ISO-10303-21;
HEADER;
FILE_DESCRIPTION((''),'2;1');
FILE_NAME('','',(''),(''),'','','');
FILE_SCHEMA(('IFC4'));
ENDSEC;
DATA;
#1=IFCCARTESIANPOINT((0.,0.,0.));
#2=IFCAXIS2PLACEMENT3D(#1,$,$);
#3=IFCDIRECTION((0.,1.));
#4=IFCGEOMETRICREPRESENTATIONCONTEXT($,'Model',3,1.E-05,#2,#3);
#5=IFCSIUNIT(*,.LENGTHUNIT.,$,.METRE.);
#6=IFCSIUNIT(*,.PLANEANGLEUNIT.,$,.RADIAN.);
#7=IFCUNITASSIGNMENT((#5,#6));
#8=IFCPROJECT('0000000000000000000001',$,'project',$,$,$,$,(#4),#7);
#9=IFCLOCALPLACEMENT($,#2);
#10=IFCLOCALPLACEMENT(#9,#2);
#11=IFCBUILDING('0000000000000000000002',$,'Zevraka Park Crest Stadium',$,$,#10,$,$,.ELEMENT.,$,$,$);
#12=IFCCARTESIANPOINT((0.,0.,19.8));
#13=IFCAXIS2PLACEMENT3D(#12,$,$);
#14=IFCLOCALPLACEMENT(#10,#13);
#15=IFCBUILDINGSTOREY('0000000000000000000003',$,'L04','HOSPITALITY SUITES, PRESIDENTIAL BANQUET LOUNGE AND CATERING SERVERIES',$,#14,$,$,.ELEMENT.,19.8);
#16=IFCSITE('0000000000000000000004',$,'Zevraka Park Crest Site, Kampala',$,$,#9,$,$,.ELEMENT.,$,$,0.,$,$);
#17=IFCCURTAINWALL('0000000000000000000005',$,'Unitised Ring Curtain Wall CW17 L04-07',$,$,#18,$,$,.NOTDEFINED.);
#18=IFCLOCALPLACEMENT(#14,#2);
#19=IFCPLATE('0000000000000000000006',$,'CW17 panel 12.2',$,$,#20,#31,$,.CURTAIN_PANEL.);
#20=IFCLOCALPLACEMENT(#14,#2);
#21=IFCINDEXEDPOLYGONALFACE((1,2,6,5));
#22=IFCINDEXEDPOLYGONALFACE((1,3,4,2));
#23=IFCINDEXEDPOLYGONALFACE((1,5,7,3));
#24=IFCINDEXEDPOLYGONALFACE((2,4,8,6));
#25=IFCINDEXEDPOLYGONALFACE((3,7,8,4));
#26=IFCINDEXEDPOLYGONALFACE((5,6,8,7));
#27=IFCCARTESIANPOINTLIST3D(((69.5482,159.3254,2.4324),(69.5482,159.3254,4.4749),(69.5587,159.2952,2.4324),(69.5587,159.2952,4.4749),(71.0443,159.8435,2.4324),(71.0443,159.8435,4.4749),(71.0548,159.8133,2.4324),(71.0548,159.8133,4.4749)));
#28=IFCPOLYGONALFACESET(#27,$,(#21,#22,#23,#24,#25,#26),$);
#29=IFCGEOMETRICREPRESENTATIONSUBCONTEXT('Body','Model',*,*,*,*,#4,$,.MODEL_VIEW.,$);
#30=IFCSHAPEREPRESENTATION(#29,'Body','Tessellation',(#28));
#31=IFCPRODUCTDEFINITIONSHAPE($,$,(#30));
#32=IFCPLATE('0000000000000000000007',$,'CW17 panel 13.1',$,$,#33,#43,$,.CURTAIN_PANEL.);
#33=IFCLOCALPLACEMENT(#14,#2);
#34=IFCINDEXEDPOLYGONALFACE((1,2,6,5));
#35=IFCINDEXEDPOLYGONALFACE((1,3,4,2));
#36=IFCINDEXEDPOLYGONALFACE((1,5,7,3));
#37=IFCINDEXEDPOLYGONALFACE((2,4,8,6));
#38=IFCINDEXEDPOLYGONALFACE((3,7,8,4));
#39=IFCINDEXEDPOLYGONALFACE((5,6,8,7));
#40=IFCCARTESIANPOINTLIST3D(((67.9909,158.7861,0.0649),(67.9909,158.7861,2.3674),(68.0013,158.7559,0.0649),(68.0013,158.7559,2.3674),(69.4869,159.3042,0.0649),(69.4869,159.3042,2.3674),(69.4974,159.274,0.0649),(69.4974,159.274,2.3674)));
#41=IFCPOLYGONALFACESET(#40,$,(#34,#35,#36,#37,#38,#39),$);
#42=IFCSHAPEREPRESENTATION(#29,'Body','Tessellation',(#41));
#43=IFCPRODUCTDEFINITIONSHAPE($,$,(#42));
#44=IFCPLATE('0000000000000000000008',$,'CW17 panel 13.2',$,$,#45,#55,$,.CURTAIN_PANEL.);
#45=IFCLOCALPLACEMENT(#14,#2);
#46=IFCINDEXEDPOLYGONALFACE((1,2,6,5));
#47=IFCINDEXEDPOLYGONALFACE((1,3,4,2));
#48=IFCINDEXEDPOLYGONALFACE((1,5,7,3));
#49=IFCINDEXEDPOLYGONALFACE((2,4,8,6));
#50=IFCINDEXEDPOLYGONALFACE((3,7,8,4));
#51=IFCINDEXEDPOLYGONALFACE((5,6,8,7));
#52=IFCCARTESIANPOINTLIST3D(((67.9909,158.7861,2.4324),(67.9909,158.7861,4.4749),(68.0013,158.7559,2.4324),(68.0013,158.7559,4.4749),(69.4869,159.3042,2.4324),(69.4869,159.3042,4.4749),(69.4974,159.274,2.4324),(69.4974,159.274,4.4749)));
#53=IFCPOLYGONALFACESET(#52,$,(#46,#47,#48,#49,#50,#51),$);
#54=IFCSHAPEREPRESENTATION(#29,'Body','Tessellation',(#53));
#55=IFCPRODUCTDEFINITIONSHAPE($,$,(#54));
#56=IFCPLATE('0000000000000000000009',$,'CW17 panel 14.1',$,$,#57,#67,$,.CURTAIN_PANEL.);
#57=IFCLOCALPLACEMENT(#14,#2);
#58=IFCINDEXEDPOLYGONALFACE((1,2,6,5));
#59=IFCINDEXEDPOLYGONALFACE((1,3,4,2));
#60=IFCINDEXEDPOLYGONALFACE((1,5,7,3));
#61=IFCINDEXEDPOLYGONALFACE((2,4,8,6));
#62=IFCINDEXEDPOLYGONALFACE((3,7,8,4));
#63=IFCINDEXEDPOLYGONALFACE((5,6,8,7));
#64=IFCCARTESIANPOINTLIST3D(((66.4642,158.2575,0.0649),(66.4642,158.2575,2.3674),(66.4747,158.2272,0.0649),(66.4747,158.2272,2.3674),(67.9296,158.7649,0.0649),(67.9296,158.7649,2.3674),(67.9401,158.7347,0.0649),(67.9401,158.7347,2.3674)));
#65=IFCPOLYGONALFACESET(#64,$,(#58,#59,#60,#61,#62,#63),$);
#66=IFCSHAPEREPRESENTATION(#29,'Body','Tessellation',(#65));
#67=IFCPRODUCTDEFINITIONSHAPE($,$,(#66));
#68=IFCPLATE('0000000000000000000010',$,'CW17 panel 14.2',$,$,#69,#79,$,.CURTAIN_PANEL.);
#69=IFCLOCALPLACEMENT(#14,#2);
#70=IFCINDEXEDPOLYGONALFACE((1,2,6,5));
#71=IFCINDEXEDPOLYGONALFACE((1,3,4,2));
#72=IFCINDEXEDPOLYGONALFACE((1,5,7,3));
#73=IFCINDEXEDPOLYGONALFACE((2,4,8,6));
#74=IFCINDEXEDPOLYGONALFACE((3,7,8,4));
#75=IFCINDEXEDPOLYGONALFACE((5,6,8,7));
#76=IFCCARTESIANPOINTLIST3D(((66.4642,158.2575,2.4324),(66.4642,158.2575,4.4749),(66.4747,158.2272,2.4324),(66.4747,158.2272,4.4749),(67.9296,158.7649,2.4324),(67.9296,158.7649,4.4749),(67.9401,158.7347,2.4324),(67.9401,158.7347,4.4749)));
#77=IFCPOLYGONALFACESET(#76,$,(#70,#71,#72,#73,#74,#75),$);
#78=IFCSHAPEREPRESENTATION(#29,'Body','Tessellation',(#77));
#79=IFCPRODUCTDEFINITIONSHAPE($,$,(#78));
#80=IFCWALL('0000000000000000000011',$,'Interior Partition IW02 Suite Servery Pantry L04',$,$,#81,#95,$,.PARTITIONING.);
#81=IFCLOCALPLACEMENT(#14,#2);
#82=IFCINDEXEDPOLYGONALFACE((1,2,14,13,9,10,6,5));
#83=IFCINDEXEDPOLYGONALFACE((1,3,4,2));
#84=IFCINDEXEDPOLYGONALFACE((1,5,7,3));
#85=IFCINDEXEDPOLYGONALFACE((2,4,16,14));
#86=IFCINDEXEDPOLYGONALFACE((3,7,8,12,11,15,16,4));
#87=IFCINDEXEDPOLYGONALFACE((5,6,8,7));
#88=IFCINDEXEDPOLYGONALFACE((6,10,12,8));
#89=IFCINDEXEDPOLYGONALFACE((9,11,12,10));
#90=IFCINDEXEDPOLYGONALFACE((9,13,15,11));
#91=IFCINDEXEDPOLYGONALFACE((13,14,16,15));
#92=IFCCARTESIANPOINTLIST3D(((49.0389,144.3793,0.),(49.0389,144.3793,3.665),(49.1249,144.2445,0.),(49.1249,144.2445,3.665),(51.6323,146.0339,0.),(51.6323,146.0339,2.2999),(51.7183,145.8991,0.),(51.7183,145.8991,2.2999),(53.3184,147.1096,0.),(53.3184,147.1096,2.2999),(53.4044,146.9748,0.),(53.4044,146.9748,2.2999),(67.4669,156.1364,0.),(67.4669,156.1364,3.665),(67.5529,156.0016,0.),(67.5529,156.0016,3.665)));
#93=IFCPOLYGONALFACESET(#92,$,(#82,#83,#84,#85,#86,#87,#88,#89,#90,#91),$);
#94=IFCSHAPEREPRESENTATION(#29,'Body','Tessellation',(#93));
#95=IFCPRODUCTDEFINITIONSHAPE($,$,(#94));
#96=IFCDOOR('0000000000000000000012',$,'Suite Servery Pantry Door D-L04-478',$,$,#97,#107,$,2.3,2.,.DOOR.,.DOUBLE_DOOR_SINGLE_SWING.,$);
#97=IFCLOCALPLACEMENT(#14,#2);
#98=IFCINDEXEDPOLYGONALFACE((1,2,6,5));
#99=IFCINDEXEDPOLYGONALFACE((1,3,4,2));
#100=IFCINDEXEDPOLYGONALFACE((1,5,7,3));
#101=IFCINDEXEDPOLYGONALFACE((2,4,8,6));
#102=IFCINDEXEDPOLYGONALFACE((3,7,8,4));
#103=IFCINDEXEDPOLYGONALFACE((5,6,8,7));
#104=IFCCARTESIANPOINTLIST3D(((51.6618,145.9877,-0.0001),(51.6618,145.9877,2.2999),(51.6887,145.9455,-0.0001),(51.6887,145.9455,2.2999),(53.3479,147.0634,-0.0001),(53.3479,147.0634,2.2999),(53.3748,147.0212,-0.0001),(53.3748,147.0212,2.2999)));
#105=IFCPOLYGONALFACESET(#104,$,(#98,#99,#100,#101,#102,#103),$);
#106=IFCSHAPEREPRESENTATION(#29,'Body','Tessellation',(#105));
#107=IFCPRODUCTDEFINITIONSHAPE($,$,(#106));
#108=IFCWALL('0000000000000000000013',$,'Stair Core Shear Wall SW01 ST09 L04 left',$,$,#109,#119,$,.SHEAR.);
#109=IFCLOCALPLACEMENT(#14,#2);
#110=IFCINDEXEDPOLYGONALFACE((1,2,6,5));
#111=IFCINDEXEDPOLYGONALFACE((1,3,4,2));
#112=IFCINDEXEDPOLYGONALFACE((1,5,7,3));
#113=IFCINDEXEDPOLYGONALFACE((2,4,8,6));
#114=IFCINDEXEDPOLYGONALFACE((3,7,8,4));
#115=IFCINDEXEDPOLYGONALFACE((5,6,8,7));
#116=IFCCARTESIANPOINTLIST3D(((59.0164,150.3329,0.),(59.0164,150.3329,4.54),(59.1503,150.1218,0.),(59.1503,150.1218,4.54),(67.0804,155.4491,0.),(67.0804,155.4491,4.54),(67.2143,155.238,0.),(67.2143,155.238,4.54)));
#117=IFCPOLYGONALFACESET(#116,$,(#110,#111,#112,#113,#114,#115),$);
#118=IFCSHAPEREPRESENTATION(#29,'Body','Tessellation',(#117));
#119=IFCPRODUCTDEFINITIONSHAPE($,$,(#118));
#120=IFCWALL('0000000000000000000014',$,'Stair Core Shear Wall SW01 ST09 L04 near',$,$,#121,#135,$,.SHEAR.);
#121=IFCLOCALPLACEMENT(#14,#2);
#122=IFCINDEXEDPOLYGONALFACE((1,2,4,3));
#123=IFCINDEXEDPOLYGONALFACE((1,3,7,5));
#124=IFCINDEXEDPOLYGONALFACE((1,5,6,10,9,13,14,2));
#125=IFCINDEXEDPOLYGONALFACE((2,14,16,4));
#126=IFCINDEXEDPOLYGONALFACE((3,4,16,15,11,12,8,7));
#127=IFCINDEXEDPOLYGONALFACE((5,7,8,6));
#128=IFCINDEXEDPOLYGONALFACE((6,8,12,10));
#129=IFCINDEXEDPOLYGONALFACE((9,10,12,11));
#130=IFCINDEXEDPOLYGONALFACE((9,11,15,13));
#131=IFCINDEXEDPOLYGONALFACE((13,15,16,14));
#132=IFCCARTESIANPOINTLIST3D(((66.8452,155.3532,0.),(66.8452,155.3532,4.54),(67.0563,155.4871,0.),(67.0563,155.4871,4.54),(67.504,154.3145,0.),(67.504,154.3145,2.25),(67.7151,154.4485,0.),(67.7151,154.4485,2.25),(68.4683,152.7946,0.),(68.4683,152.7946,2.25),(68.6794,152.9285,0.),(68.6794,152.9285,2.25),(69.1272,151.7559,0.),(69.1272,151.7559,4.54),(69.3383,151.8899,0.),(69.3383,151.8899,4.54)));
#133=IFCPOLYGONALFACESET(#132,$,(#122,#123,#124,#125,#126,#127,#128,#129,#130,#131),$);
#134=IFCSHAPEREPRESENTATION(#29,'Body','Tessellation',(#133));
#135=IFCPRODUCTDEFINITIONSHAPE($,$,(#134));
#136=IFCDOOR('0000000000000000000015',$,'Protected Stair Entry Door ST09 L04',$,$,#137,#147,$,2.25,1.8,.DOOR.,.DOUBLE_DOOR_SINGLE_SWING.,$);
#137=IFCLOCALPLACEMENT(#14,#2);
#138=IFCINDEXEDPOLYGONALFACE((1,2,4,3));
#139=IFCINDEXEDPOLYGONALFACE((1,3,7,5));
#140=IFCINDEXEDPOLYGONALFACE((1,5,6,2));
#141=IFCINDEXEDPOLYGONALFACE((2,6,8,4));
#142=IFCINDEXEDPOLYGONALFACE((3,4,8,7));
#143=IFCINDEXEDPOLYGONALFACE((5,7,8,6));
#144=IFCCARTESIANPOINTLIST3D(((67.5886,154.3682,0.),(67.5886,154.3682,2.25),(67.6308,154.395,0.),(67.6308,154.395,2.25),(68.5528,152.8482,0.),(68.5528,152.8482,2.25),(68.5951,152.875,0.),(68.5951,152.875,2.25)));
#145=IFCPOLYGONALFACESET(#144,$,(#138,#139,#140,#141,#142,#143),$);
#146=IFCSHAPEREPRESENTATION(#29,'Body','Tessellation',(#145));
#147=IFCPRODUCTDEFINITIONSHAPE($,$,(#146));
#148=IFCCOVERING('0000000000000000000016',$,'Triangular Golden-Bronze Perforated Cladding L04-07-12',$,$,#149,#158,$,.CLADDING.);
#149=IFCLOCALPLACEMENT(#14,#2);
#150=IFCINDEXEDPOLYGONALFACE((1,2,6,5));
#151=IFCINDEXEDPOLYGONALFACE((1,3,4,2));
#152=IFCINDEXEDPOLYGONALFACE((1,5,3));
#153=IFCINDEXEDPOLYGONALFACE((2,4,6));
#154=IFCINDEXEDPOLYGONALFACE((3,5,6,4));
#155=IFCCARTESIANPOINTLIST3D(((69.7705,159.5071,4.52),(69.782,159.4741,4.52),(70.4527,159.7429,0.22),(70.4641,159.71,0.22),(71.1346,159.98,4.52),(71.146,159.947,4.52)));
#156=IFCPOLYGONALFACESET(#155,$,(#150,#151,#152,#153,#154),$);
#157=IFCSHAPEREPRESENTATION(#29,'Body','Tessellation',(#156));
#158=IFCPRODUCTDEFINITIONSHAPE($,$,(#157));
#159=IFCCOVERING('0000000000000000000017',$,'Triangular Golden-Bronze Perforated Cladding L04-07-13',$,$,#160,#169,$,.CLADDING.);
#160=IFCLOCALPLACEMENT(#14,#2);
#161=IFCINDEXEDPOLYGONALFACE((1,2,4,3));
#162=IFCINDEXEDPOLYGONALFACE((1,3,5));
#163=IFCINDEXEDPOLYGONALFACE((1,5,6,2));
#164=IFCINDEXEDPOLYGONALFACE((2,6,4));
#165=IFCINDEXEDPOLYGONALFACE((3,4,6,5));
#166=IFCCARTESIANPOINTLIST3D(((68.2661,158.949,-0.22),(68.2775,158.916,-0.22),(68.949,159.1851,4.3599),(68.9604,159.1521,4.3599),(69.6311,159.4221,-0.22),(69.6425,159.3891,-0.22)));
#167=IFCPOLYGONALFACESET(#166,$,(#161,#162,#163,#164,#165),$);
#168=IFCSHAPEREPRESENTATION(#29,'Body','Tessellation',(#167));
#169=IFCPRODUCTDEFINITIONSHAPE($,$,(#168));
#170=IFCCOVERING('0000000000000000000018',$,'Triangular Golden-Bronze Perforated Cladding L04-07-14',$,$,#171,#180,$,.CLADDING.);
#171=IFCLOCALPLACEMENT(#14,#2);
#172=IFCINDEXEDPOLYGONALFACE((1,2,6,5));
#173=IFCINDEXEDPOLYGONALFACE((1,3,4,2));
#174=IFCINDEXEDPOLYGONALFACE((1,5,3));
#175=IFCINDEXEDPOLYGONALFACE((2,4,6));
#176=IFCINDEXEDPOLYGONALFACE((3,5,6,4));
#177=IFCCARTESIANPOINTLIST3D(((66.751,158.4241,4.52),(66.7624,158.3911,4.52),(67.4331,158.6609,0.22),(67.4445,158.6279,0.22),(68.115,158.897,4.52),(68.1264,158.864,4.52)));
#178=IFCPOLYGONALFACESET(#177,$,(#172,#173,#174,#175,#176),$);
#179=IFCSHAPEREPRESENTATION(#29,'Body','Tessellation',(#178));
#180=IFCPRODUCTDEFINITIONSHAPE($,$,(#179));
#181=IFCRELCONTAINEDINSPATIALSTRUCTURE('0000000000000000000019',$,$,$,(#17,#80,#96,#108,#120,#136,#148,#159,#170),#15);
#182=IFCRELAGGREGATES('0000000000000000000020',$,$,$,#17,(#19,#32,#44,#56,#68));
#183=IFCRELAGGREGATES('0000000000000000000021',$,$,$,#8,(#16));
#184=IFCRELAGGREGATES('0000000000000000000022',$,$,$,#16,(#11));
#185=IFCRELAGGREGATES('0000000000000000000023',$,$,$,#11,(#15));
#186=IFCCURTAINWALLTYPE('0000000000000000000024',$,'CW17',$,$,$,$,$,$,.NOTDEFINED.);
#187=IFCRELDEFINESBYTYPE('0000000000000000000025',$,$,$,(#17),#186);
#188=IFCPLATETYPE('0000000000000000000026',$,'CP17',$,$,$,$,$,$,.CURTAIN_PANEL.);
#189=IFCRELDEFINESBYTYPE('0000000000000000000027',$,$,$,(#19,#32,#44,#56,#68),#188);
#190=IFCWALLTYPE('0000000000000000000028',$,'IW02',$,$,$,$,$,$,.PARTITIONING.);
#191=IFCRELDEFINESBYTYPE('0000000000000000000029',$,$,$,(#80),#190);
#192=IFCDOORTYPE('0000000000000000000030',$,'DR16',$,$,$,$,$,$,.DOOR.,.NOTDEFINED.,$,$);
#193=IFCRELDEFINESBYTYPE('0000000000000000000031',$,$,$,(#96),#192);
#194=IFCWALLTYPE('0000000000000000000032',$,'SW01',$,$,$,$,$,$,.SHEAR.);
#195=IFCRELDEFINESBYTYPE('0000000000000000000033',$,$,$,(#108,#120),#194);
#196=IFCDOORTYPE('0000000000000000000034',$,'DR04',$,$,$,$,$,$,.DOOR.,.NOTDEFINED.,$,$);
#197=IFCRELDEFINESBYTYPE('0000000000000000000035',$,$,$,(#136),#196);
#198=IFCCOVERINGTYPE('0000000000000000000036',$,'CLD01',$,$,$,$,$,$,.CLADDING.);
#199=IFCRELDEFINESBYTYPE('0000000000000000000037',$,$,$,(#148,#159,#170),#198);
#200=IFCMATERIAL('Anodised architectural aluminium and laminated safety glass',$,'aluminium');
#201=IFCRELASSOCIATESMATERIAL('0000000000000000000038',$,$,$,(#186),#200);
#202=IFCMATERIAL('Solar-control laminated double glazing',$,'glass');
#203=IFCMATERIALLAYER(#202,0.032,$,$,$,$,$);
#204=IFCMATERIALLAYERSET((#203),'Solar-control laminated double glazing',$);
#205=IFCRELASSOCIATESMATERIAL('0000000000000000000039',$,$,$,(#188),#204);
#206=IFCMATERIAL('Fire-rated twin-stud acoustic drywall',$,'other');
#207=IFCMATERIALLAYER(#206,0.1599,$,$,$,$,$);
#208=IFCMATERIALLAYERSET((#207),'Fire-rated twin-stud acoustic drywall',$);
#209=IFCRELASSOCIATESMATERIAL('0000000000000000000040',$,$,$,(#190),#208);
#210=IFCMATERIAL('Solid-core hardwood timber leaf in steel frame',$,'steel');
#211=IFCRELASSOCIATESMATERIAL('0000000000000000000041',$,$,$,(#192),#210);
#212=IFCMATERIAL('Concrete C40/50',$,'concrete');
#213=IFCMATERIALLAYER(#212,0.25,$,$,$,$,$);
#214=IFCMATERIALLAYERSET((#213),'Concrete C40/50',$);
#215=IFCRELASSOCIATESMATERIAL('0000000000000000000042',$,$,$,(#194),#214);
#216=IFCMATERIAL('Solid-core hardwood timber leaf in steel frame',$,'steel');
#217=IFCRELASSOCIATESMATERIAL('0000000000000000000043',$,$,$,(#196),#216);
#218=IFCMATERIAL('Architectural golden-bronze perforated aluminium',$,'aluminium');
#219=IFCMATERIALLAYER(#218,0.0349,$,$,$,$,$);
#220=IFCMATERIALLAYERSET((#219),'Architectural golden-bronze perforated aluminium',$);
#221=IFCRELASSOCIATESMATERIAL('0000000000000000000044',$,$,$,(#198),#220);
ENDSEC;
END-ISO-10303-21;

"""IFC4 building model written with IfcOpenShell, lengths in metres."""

from ifc_helpers import new_model, si_unit, direction, frame, frame_2d, origin, origin_2d, place, context, subcontext, project, spatial, polyline, rectangle, outline, extrude, material, layer, layer_set, type_object, element, fill, aggregate, save


model = new_model("IFC4")

# Units and contexts
model_context = context("Model", 3, precision=1e-05, world=origin(), true_north=direction((0.0, 1.0)))
body_context = subcontext(model_context, "Body", "Model", "MODEL_VIEW")
ifc_project = project(units=[si_unit("LENGTHUNIT", "METRE"), si_unit("PLANEANGLEUNIT", "RADIAN")], contexts=[model_context])

# Site, building, storey
site_placement = place(None, origin())
site = spatial("IfcSite", under=ifc_project, at=site_placement, Name="Zevraka Park Crest Site, Kampala", CompositionType="ELEMENT", RefElevation=0.0)
building_placement = place(site_placement, origin())
building = spatial("IfcBuilding", under=site, at=building_placement, Name="Zevraka Park Crest Stadium", CompositionType="ELEMENT")
storey_placement = place(building_placement, frame((0.0, 0.0, 19.8)))
storey = spatial("IfcBuildingStorey", under=building, at=storey_placement, Name="L04", Description="HOSPITALITY SUITES, PRESIDENTIAL BANQUET LOUNGE AND CATERING SERVERIES", CompositionType="ELEMENT", Elevation=19.8)

# Curtain wall
ifc_material_1 = material(Name="Anodised architectural aluminium and laminated safety glass", Category="aluminium")
curtain_wall_type_1 = type_object("IfcCurtainWallType", Name="CW17", PredefinedType="NOTDEFINED", material=ifc_material_1)
curtain_wall_1_placement = place(storey_placement, origin())
curtain_wall_1 = element("IfcCurtainWall", 1, at=curtain_wall_1_placement, inside=storey, type_object=curtain_wall_type_1, Name="Unitised Ring Curtain Wall CW17 L04-07", PredefinedType="NOTDEFINED")

# Plates
ifc_material_2 = material(Name="Solar-control laminated double glazing", Category="glass")
ifc_layer_1 = layer(ifc_material_2, 0.032)
ifc_layer_set_1 = layer_set([ifc_layer_1], Name="Solar-control laminated double glazing")
plate_type = type_object("IfcPlateType", Name="CP17", PredefinedType="CURTAIN_PANEL", material=ifc_layer_set_1)
plate_1_placement = place(storey_placement, frame((70.3015, 159.5693, 2.4324), z_axis=(0.0, 0.0, 1.0), x_axis=(-0.94494, -0.327245, 0.0)))
plate_1 = element("IfcPlate", 2, at=plate_1_placement, type_object=plate_type, Name="CW17 panel 12.2", PredefinedType="CURTAIN_PANEL", context=body_context, shape_type="SweptSolid", body=[
    extrude(rectangle(XDim=1.5833, YDim=0.032, at=origin_2d()), origin(), (0.0, 0.0, 1.0), 2.0425),
])
plate_2_placement = place(storey_placement, frame((68.7441, 159.03, 0.0649), z_axis=(0.0, 0.0, 1.0), x_axis=(-0.94494, -0.327245, 0.0)))
plate_2 = element("IfcPlate", 3, at=plate_2_placement, type_object=plate_type, Name="CW17 panel 13.1", PredefinedType="CURTAIN_PANEL", context=body_context, shape_type="SweptSolid", body=[
    extrude(rectangle(XDim=1.5833, YDim=0.032, at=origin_2d()), origin(), (0.0, 0.0, 1.0), 2.3025),
])
plate_3_placement = place(storey_placement, frame((68.7441, 159.03, 2.4324), z_axis=(0.0, 0.0, 1.0), x_axis=(-0.94494, -0.327245, 0.0)))
plate_3 = element("IfcPlate", 4, at=plate_3_placement, type_object=plate_type, Name="CW17 panel 13.2", PredefinedType="CURTAIN_PANEL", context=body_context, shape_type="SweptSolid", body=[
    extrude(rectangle(XDim=1.5833, YDim=0.032, at=origin_2d()), origin(), (0.0, 0.0, 1.0), 2.0425),
])
plate_4_placement = place(storey_placement, frame((67.2021, 158.4961, 0.0649), z_axis=(0.0, 0.0, 1.0), x_axis=(-0.94494, -0.327245, 0.0)))
plate_4 = element("IfcPlate", 5, at=plate_4_placement, type_object=plate_type, Name="CW17 panel 14.1", PredefinedType="CURTAIN_PANEL", context=body_context, shape_type="SweptSolid", body=[
    extrude(rectangle(XDim=1.5508, YDim=0.032, at=origin_2d()), origin(), (0.0, 0.0, 1.0), 2.3025),
])
plate_5_placement = place(storey_placement, frame((67.2021, 158.4961, 2.4324), z_axis=(0.0, 0.0, 1.0), x_axis=(-0.94494, -0.327245, 0.0)))
plate_5 = element("IfcPlate", 6, at=plate_5_placement, type_object=plate_type, Name="CW17 panel 14.2", PredefinedType="CURTAIN_PANEL", context=body_context, shape_type="SweptSolid", body=[
    extrude(rectangle(XDim=1.5508, YDim=0.032, at=origin_2d()), origin(), (0.0, 0.0, 1.0), 2.0425),
])
aggregate(curtain_wall_1, [plate_1, plate_2, plate_3, plate_4, plate_5])

# Wall, opening, door
ifc_material_3 = material(Name="Fire-rated twin-stud acoustic drywall", Category="other")
ifc_layer_2 = layer(ifc_material_3, 0.1599)
ifc_layer_set_2 = layer_set([ifc_layer_2], Name="Fire-rated twin-stud acoustic drywall")
wall_type_1 = type_object("IfcWallType", Name="IW02", PredefinedType="PARTITIONING", material=ifc_layer_set_2)
wall_1_placement = place(storey_placement, frame((67.51, 156.0691, 0.0), z_axis=(0.0, 0.0, 1.0), x_axis=(-0.843035, -0.537858, 0.0)))
wall_1 = element("IfcWall", 7, at=wall_1_placement, inside=storey, type_object=wall_type_1, Name="Interior Partition IW02 Suite Servery Pantry L04", PredefinedType="PARTITIONING", context=body_context, shape_type="SweptSolid", body=[
    extrude(rectangle(XDim=21.8591, YDim=0.1599, at=frame_2d((10.9297, 0.0))), origin(), (0.0, 0.0, 1.0), 3.665),
])
opening_1_placement = place(wall_1_placement, frame((16.783, 0.0, 0.0)))
opening_1 = element("IfcOpeningElement", 8, at=opening_1_placement, cuts=wall_1, PredefinedType="OPENING", context=body_context, shape_type="SweptSolid", body=[
    extrude(rectangle(XDim=2.0, YDim=2.3, at=frame_2d((1.0, 1.1499))), frame((0.0, 0.0898, 0.0), z_axis=(0.0, -1.0, 0.0), x_axis=(1.0, 0.0, 0.0)), (0.0, 0.0, 1.0), 0.1799),
])
ifc_material_4 = material(Name="Solid-core hardwood timber leaf in steel frame", Category="steel")
door_type_1 = type_object("IfcDoorType", Name="DR16", OperationType="NOTDEFINED", PredefinedType="DOOR", material=ifc_material_4)
door_1_placement = place(opening_1_placement, origin())
door_1 = element("IfcDoor", 9, at=door_1_placement, inside=storey, type_object=door_type_1, Name="Suite Servery Pantry Door D-L04-478", OperationType="DOUBLE_DOOR_SINGLE_SWING", OverallHeight=2.3, OverallWidth=2.0, PredefinedType="DOOR", context=body_context, shape_type="SweptSolid", body=[
    extrude(rectangle(XDim=2.0, YDim=2.3, at=frame_2d((1.0, 1.1499))), frame((0.0, 0.0249, 0.0), z_axis=(0.0, -1.0, 0.0), x_axis=(1.0, 0.0, 0.0)), (0.0, 0.0, 1.0), 0.05),
])
fill(opening_1, door_1)

# Wall
ifc_material_5 = material(Name="Concrete C40/50", Category="concrete")
ifc_layer_3 = layer(ifc_material_5, 0.25)
ifc_layer_set_3 = layer_set([ifc_layer_3], Name="Concrete C40/50")
wall_type_2 = type_object("IfcWallType", Name="SW01", PredefinedType="SHEAR", material=ifc_layer_set_3)
wall_2_placement = place(storey_placement, frame((67.1472, 155.3435, 0.0), z_axis=(0.0, 0.0, 1.0), x_axis=(-0.844391, -0.535727, 0.0)))
element("IfcWall", 10, at=wall_2_placement, inside=storey, type_object=wall_type_2, Name="Stair Core Shear Wall SW01 ST09 L04 left", PredefinedType="SHEAR", context=body_context, shape_type="SweptSolid", body=[
    extrude(rectangle(XDim=9.55, YDim=0.25, at=frame_2d((4.7749, 0.0))), origin(), (0.0, 0.0, 1.0), 4.54),
])

# Wall, opening, door
wall_3_placement = place(storey_placement, frame((69.2327, 151.823, 0.0), z_axis=(0.0, 0.0, 1.0), x_axis=(-0.535685, 0.844418, 0.0)))
wall_3 = element("IfcWall", 11, at=wall_3_placement, inside=storey, type_object=wall_type_2, Name="Stair Core Shear Wall SW01 ST09 L04 near", PredefinedType="SHEAR", context=body_context, shape_type="SweptSolid", body=[
    extrude(rectangle(XDim=4.26, YDim=0.25, at=frame_2d((2.1299, 0.0))), origin(), (0.0, 0.0, 1.0), 4.54),
])
opening_2_placement = place(wall_3_placement, frame((1.23, 0.0, 0.0)))
opening_2 = element("IfcOpeningElement", 12, at=opening_2_placement, cuts=wall_3, PredefinedType="OPENING", context=body_context, shape_type="SweptSolid", body=[
    extrude(rectangle(XDim=1.8, YDim=2.25, at=frame_2d((0.8999, 1.125))), frame((0.0, 0.135, 0.0), z_axis=(0.0, -1.0, 0.0), x_axis=(1.0, 0.0, 0.0)), (0.0, 0.0, 1.0), 0.27),
])
ifc_material_6 = material(Name="Solid-core hardwood timber leaf in steel frame", Category="steel")
door_type_2 = type_object("IfcDoorType", Name="DR04", OperationType="NOTDEFINED", PredefinedType="DOOR", material=ifc_material_6)
door_2_placement = place(opening_2_placement, origin())
door_2 = element("IfcDoor", 13, at=door_2_placement, inside=storey, type_object=door_type_2, Name="Protected Stair Entry Door ST09 L04", OperationType="DOUBLE_DOOR_SINGLE_SWING", OverallHeight=2.25, OverallWidth=1.8, PredefinedType="DOOR", context=body_context, shape_type="SweptSolid", body=[
    extrude(rectangle(XDim=1.8, YDim=2.25, at=frame_2d((0.8999, 1.125))), frame((0.0, 0.0249, 0.0), z_axis=(0.0, -1.0, 0.0), x_axis=(1.0, 0.0, 0.0)), (0.0, 0.0, 1.0), 0.05),
])
fill(opening_2, door_2)

# Coverings
ifc_material_7 = material(Name="Architectural golden-bronze perforated aluminium", Category="aluminium")
ifc_layer_4 = layer(ifc_material_7, 0.0349)
ifc_layer_set_4 = layer_set([ifc_layer_4], Name="Architectural golden-bronze perforated aluminium")
covering_type = type_object("IfcCoveringType", Name="CLD01", PredefinedType="CLADDING", material=ifc_layer_set_4)
covering_1_placement = place(storey_placement, frame((69.782, 159.4741, 4.52), z_axis=(0.327569, -0.944827, 0.000143), x_axis=(0.944827, 0.327569, 0.0)))
element("IfcCovering", 14, at=covering_1_placement, inside=storey, type_object=covering_type, Name="Triangular Golden-Bronze Perforated Cladding L04-07-12", PredefinedType="CLADDING", context=body_context, shape_type="SweptSolid", body=[
    extrude(outline(polyline([(0.0, 0.0), (1.4437, 0.0), (0.7217, -4.3), (0.0, 0.0)])), origin(), (0.0, 0.0, -1.0), 0.0349),
])
covering_2_placement = place(storey_placement, frame((69.6311, 159.4221, -0.22), z_axis=(-0.327511, 0.944847, 0.000127), x_axis=(-0.944847, -0.327511, 0.0)))
element("IfcCovering", 15, at=covering_2_placement, inside=storey, type_object=covering_type, Name="Triangular Golden-Bronze Perforated Cladding L04-07-13", PredefinedType="CLADDING", context=body_context, shape_type="SweptSolid", body=[
    extrude(outline(polyline([(0.0, 0.0), (1.4447, 0.0), (0.7221, 4.5798), (0.0, 0.0)])), origin(), (0.0, 0.0, -1.0), 0.0349),
])
covering_3_placement = place(storey_placement, frame((66.751, 158.4241, 4.52), z_axis=(-0.327569, 0.944827, 0.000071), x_axis=(0.944827, 0.327569, 0.0)))
element("IfcCovering", 16, at=covering_3_placement, inside=storey, type_object=covering_type, Name="Triangular Golden-Bronze Perforated Cladding L04-07-14", PredefinedType="CLADDING", context=body_context, shape_type="SweptSolid", body=[
    extrude(outline(polyline([(0.0, 0.0), (1.4437, 0.0), (0.7221, 4.3), (0.0, 0.0)])), origin(), (0.0, 0.0, -1.0), 0.0349),
])

save(model, "model.ifc")
